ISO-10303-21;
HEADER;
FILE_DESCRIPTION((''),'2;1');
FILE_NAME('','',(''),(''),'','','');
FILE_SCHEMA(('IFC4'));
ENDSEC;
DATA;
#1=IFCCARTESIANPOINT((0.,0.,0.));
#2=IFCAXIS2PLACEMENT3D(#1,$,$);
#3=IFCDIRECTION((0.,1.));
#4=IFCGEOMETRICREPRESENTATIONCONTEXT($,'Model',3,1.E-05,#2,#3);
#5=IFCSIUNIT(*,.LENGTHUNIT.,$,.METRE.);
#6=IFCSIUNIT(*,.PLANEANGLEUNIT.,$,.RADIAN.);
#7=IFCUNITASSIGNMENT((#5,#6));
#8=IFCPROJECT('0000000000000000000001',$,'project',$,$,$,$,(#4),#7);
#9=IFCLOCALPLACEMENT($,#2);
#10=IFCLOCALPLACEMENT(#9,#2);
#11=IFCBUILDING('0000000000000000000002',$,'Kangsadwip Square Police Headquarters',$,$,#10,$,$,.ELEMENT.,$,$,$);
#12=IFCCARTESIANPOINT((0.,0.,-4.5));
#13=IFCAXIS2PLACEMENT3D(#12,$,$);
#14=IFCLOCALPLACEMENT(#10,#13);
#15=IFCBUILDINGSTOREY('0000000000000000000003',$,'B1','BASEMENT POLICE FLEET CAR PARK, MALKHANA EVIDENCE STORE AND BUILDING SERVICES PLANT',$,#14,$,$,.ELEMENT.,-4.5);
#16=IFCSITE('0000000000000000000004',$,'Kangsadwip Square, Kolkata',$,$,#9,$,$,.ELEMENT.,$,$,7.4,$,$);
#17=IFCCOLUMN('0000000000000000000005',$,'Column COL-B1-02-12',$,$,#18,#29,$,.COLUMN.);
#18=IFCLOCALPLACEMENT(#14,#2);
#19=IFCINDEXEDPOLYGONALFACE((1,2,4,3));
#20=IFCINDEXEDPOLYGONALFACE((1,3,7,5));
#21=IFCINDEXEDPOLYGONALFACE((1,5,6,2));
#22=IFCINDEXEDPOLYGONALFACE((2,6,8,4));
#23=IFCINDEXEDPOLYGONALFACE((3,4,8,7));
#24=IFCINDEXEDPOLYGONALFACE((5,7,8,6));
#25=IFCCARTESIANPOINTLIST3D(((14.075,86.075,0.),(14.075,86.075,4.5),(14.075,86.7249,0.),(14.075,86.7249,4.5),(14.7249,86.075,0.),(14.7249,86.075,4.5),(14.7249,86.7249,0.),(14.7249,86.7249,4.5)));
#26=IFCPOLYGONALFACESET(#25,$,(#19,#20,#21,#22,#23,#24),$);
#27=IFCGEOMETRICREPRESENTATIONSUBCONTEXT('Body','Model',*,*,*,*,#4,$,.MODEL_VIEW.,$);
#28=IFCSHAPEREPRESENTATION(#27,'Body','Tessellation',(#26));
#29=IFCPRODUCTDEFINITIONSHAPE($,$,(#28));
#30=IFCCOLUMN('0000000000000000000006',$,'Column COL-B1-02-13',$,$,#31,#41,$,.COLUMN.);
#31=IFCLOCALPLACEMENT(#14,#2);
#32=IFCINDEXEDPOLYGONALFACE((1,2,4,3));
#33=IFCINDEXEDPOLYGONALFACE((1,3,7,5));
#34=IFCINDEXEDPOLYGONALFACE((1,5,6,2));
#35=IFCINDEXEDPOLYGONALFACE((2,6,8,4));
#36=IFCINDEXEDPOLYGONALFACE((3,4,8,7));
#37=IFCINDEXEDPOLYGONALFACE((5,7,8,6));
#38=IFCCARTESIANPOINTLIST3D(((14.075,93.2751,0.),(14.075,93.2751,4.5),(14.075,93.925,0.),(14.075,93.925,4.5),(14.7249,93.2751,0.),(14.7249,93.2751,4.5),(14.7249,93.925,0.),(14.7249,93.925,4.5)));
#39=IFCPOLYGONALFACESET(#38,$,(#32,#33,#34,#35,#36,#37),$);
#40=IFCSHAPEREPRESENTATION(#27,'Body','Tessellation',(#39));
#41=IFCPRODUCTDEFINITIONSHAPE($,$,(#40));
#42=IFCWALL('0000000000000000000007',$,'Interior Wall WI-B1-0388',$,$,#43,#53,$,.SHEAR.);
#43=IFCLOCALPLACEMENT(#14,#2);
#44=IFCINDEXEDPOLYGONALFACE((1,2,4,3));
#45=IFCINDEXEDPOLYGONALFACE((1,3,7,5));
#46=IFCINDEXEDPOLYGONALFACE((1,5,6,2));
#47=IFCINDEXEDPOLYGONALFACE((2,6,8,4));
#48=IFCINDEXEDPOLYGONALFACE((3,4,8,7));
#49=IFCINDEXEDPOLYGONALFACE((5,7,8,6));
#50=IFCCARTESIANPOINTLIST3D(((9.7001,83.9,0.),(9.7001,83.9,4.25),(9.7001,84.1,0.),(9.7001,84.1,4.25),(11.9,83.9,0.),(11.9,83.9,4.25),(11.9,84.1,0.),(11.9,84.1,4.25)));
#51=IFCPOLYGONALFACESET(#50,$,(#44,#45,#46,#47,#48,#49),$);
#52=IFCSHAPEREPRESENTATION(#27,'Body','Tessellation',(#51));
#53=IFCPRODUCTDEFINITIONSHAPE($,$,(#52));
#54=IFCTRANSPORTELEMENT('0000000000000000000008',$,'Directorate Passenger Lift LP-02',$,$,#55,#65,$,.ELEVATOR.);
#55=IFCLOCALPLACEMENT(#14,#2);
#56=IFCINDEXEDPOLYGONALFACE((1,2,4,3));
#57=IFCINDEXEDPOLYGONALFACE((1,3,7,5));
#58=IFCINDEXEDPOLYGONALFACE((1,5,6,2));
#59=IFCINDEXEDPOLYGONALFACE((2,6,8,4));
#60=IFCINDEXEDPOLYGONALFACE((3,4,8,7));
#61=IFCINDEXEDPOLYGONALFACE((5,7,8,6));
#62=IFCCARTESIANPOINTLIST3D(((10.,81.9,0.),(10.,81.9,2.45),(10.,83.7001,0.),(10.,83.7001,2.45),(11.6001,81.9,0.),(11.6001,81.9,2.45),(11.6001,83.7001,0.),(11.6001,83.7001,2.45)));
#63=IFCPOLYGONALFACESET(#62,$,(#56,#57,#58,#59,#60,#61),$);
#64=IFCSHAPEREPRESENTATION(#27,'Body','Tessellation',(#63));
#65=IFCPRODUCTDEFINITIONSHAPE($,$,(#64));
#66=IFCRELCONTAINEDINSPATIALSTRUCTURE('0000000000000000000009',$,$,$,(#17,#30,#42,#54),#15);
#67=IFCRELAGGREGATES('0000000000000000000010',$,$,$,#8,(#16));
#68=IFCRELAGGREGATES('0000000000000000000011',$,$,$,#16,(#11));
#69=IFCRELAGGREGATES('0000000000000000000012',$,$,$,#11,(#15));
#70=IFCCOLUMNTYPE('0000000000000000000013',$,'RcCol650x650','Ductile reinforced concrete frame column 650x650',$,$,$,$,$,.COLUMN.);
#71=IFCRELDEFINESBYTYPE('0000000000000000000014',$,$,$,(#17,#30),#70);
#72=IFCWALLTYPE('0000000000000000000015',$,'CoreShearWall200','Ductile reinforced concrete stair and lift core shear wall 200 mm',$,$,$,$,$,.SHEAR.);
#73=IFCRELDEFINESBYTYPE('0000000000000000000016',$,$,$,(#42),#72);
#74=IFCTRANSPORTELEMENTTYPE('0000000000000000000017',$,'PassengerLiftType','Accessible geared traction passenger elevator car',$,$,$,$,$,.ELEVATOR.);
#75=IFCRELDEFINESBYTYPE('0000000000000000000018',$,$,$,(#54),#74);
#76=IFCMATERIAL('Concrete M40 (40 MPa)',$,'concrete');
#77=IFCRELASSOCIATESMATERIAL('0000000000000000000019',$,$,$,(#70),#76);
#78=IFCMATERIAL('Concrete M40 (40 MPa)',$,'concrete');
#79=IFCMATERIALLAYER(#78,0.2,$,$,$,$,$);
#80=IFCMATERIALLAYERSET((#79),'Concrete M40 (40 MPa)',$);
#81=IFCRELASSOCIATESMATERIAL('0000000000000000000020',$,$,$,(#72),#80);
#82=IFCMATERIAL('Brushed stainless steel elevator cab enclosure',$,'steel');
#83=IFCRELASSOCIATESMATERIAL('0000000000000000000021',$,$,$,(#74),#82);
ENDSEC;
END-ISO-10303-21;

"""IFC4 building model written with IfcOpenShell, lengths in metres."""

from ifc_helpers import new_model, si_unit, direction, frame, frame_2d, origin, origin_2d, place, context, subcontext, project, spatial, rectangle, extrude, material, layer, layer_set, material_profile, profile_set, type_object, element, save


model = new_model("IFC4")

# Units and contexts
model_context = context("Model", 3, precision=1e-05, world=origin(), true_north=direction((0.0, 1.0)))
body_context = subcontext(model_context, "Body", "Model", "MODEL_VIEW")
ifc_project = project(units=[si_unit("LENGTHUNIT", "METRE"), si_unit("PLANEANGLEUNIT", "RADIAN")], contexts=[model_context])

# Site, building, storey
site_placement = place(None, origin())
site = spatial("IfcSite", under=ifc_project, at=site_placement, Name="Kangsadwip Square, Kolkata", CompositionType="ELEMENT", RefElevation=7.4)
building_placement = place(site_placement, origin())
building = spatial("IfcBuilding", under=site, at=building_placement, Name="Kangsadwip Square Police Headquarters", CompositionType="ELEMENT")
storey_placement = place(building_placement, frame((0.0, 0.0, -4.5)))
storey = spatial("IfcBuildingStorey", under=building, at=storey_placement, Name="B1", Description="BASEMENT POLICE FLEET CAR PARK, MALKHANA EVIDENCE STORE AND BUILDING SERVICES PLANT", CompositionType="ELEMENT", Elevation=-4.5)

# Columns
ifc_material_1 = material(Name="Concrete M40 (40 MPa)", Category="concrete")
ifc_material_profile_1 = material_profile(ifc_material_1, rectangle(XDim=0.6499, YDim=0.6499, at=origin_2d()), Name="RC COL 650X650")
ifc_profile_set_1 = profile_set([ifc_material_profile_1], Name="Concrete M40 (40 MPa)")
column_type = type_object("IfcColumnType", Name="RcCol650x650", Description="Ductile reinforced concrete frame column 650x650", PredefinedType="COLUMN", material=ifc_profile_set_1)
for number, where, z_axis, x_axis, name in (
    (1, (14.3999, 86.3999, 0.0), (0.0, 0.0, 1.0), (1.0, 0.0, 0.0), "Column COL-B1-02-12"),
    (2, (14.3999, 93.6001, 0.0), (0.0, 0.0, 1.0), (1.0, 0.0, 0.0), "Column COL-B1-02-13"),
):
    element("IfcColumn", number, at=place(storey_placement, frame(where, z_axis=z_axis, x_axis=x_axis)), inside=storey, type_object=column_type, Name=name, PredefinedType="COLUMN", context=body_context, shape_type="SweptSolid", body=[
        extrude(rectangle(XDim=0.6499, YDim=0.6499, at=origin_2d()), origin(), (0.0, 0.0, 1.0), 4.5),
    ])

# Wall
ifc_material_2 = material(Name="Concrete M40 (40 MPa)", Category="concrete")
ifc_layer = layer(ifc_material_2, 0.2)
ifc_layer_set = layer_set([ifc_layer], Name="Concrete M40 (40 MPa)")
wall_type = type_object("IfcWallType", Name="CoreShearWall200", Description="Ductile reinforced concrete stair and lift core shear wall 200 mm", PredefinedType="SHEAR", material=ifc_layer_set)
wall_placement = place(storey_placement, frame((9.7, 84.0, 0.0), z_axis=(0.0, 0.0, 1.0), x_axis=(1.0, 0.0, 0.0)))
element("IfcWall", 3, at=wall_placement, inside=storey, type_object=wall_type, Name="Interior Wall WI-B1-0388", PredefinedType="SHEAR", context=body_context, shape_type="SweptSolid", body=[
    extrude(rectangle(XDim=2.2, YDim=0.2, at=frame_2d((1.1001, 0.0))), origin(), (0.0, 0.0, 1.0), 4.25),
])

# Transport element
ifc_material_3 = material(Name="Brushed stainless steel elevator cab enclosure", Category="steel")
transport_element_type = type_object("IfcTransportElementType", Name="PassengerLiftType", Description="Accessible geared traction passenger elevator car", PredefinedType="ELEVATOR", material=ifc_material_3)
transport_element_placement = place(storey_placement, frame((10.8, 82.8, 0.0), z_axis=(0.0, 0.0, 1.0), x_axis=(1.0, 0.0, 0.0)))
element("IfcTransportElement", 4, at=transport_element_placement, inside=storey, type_object=transport_element_type, Name="Directorate Passenger Lift LP-02", PredefinedType="ELEVATOR", context=body_context, shape_type="SweptSolid", body=[
    extrude(rectangle(XDim=1.6001, YDim=1.8, at=origin_2d()), origin(), (0.0, 0.0, 1.0), 2.45),
])

save(model, "model.ifc")
